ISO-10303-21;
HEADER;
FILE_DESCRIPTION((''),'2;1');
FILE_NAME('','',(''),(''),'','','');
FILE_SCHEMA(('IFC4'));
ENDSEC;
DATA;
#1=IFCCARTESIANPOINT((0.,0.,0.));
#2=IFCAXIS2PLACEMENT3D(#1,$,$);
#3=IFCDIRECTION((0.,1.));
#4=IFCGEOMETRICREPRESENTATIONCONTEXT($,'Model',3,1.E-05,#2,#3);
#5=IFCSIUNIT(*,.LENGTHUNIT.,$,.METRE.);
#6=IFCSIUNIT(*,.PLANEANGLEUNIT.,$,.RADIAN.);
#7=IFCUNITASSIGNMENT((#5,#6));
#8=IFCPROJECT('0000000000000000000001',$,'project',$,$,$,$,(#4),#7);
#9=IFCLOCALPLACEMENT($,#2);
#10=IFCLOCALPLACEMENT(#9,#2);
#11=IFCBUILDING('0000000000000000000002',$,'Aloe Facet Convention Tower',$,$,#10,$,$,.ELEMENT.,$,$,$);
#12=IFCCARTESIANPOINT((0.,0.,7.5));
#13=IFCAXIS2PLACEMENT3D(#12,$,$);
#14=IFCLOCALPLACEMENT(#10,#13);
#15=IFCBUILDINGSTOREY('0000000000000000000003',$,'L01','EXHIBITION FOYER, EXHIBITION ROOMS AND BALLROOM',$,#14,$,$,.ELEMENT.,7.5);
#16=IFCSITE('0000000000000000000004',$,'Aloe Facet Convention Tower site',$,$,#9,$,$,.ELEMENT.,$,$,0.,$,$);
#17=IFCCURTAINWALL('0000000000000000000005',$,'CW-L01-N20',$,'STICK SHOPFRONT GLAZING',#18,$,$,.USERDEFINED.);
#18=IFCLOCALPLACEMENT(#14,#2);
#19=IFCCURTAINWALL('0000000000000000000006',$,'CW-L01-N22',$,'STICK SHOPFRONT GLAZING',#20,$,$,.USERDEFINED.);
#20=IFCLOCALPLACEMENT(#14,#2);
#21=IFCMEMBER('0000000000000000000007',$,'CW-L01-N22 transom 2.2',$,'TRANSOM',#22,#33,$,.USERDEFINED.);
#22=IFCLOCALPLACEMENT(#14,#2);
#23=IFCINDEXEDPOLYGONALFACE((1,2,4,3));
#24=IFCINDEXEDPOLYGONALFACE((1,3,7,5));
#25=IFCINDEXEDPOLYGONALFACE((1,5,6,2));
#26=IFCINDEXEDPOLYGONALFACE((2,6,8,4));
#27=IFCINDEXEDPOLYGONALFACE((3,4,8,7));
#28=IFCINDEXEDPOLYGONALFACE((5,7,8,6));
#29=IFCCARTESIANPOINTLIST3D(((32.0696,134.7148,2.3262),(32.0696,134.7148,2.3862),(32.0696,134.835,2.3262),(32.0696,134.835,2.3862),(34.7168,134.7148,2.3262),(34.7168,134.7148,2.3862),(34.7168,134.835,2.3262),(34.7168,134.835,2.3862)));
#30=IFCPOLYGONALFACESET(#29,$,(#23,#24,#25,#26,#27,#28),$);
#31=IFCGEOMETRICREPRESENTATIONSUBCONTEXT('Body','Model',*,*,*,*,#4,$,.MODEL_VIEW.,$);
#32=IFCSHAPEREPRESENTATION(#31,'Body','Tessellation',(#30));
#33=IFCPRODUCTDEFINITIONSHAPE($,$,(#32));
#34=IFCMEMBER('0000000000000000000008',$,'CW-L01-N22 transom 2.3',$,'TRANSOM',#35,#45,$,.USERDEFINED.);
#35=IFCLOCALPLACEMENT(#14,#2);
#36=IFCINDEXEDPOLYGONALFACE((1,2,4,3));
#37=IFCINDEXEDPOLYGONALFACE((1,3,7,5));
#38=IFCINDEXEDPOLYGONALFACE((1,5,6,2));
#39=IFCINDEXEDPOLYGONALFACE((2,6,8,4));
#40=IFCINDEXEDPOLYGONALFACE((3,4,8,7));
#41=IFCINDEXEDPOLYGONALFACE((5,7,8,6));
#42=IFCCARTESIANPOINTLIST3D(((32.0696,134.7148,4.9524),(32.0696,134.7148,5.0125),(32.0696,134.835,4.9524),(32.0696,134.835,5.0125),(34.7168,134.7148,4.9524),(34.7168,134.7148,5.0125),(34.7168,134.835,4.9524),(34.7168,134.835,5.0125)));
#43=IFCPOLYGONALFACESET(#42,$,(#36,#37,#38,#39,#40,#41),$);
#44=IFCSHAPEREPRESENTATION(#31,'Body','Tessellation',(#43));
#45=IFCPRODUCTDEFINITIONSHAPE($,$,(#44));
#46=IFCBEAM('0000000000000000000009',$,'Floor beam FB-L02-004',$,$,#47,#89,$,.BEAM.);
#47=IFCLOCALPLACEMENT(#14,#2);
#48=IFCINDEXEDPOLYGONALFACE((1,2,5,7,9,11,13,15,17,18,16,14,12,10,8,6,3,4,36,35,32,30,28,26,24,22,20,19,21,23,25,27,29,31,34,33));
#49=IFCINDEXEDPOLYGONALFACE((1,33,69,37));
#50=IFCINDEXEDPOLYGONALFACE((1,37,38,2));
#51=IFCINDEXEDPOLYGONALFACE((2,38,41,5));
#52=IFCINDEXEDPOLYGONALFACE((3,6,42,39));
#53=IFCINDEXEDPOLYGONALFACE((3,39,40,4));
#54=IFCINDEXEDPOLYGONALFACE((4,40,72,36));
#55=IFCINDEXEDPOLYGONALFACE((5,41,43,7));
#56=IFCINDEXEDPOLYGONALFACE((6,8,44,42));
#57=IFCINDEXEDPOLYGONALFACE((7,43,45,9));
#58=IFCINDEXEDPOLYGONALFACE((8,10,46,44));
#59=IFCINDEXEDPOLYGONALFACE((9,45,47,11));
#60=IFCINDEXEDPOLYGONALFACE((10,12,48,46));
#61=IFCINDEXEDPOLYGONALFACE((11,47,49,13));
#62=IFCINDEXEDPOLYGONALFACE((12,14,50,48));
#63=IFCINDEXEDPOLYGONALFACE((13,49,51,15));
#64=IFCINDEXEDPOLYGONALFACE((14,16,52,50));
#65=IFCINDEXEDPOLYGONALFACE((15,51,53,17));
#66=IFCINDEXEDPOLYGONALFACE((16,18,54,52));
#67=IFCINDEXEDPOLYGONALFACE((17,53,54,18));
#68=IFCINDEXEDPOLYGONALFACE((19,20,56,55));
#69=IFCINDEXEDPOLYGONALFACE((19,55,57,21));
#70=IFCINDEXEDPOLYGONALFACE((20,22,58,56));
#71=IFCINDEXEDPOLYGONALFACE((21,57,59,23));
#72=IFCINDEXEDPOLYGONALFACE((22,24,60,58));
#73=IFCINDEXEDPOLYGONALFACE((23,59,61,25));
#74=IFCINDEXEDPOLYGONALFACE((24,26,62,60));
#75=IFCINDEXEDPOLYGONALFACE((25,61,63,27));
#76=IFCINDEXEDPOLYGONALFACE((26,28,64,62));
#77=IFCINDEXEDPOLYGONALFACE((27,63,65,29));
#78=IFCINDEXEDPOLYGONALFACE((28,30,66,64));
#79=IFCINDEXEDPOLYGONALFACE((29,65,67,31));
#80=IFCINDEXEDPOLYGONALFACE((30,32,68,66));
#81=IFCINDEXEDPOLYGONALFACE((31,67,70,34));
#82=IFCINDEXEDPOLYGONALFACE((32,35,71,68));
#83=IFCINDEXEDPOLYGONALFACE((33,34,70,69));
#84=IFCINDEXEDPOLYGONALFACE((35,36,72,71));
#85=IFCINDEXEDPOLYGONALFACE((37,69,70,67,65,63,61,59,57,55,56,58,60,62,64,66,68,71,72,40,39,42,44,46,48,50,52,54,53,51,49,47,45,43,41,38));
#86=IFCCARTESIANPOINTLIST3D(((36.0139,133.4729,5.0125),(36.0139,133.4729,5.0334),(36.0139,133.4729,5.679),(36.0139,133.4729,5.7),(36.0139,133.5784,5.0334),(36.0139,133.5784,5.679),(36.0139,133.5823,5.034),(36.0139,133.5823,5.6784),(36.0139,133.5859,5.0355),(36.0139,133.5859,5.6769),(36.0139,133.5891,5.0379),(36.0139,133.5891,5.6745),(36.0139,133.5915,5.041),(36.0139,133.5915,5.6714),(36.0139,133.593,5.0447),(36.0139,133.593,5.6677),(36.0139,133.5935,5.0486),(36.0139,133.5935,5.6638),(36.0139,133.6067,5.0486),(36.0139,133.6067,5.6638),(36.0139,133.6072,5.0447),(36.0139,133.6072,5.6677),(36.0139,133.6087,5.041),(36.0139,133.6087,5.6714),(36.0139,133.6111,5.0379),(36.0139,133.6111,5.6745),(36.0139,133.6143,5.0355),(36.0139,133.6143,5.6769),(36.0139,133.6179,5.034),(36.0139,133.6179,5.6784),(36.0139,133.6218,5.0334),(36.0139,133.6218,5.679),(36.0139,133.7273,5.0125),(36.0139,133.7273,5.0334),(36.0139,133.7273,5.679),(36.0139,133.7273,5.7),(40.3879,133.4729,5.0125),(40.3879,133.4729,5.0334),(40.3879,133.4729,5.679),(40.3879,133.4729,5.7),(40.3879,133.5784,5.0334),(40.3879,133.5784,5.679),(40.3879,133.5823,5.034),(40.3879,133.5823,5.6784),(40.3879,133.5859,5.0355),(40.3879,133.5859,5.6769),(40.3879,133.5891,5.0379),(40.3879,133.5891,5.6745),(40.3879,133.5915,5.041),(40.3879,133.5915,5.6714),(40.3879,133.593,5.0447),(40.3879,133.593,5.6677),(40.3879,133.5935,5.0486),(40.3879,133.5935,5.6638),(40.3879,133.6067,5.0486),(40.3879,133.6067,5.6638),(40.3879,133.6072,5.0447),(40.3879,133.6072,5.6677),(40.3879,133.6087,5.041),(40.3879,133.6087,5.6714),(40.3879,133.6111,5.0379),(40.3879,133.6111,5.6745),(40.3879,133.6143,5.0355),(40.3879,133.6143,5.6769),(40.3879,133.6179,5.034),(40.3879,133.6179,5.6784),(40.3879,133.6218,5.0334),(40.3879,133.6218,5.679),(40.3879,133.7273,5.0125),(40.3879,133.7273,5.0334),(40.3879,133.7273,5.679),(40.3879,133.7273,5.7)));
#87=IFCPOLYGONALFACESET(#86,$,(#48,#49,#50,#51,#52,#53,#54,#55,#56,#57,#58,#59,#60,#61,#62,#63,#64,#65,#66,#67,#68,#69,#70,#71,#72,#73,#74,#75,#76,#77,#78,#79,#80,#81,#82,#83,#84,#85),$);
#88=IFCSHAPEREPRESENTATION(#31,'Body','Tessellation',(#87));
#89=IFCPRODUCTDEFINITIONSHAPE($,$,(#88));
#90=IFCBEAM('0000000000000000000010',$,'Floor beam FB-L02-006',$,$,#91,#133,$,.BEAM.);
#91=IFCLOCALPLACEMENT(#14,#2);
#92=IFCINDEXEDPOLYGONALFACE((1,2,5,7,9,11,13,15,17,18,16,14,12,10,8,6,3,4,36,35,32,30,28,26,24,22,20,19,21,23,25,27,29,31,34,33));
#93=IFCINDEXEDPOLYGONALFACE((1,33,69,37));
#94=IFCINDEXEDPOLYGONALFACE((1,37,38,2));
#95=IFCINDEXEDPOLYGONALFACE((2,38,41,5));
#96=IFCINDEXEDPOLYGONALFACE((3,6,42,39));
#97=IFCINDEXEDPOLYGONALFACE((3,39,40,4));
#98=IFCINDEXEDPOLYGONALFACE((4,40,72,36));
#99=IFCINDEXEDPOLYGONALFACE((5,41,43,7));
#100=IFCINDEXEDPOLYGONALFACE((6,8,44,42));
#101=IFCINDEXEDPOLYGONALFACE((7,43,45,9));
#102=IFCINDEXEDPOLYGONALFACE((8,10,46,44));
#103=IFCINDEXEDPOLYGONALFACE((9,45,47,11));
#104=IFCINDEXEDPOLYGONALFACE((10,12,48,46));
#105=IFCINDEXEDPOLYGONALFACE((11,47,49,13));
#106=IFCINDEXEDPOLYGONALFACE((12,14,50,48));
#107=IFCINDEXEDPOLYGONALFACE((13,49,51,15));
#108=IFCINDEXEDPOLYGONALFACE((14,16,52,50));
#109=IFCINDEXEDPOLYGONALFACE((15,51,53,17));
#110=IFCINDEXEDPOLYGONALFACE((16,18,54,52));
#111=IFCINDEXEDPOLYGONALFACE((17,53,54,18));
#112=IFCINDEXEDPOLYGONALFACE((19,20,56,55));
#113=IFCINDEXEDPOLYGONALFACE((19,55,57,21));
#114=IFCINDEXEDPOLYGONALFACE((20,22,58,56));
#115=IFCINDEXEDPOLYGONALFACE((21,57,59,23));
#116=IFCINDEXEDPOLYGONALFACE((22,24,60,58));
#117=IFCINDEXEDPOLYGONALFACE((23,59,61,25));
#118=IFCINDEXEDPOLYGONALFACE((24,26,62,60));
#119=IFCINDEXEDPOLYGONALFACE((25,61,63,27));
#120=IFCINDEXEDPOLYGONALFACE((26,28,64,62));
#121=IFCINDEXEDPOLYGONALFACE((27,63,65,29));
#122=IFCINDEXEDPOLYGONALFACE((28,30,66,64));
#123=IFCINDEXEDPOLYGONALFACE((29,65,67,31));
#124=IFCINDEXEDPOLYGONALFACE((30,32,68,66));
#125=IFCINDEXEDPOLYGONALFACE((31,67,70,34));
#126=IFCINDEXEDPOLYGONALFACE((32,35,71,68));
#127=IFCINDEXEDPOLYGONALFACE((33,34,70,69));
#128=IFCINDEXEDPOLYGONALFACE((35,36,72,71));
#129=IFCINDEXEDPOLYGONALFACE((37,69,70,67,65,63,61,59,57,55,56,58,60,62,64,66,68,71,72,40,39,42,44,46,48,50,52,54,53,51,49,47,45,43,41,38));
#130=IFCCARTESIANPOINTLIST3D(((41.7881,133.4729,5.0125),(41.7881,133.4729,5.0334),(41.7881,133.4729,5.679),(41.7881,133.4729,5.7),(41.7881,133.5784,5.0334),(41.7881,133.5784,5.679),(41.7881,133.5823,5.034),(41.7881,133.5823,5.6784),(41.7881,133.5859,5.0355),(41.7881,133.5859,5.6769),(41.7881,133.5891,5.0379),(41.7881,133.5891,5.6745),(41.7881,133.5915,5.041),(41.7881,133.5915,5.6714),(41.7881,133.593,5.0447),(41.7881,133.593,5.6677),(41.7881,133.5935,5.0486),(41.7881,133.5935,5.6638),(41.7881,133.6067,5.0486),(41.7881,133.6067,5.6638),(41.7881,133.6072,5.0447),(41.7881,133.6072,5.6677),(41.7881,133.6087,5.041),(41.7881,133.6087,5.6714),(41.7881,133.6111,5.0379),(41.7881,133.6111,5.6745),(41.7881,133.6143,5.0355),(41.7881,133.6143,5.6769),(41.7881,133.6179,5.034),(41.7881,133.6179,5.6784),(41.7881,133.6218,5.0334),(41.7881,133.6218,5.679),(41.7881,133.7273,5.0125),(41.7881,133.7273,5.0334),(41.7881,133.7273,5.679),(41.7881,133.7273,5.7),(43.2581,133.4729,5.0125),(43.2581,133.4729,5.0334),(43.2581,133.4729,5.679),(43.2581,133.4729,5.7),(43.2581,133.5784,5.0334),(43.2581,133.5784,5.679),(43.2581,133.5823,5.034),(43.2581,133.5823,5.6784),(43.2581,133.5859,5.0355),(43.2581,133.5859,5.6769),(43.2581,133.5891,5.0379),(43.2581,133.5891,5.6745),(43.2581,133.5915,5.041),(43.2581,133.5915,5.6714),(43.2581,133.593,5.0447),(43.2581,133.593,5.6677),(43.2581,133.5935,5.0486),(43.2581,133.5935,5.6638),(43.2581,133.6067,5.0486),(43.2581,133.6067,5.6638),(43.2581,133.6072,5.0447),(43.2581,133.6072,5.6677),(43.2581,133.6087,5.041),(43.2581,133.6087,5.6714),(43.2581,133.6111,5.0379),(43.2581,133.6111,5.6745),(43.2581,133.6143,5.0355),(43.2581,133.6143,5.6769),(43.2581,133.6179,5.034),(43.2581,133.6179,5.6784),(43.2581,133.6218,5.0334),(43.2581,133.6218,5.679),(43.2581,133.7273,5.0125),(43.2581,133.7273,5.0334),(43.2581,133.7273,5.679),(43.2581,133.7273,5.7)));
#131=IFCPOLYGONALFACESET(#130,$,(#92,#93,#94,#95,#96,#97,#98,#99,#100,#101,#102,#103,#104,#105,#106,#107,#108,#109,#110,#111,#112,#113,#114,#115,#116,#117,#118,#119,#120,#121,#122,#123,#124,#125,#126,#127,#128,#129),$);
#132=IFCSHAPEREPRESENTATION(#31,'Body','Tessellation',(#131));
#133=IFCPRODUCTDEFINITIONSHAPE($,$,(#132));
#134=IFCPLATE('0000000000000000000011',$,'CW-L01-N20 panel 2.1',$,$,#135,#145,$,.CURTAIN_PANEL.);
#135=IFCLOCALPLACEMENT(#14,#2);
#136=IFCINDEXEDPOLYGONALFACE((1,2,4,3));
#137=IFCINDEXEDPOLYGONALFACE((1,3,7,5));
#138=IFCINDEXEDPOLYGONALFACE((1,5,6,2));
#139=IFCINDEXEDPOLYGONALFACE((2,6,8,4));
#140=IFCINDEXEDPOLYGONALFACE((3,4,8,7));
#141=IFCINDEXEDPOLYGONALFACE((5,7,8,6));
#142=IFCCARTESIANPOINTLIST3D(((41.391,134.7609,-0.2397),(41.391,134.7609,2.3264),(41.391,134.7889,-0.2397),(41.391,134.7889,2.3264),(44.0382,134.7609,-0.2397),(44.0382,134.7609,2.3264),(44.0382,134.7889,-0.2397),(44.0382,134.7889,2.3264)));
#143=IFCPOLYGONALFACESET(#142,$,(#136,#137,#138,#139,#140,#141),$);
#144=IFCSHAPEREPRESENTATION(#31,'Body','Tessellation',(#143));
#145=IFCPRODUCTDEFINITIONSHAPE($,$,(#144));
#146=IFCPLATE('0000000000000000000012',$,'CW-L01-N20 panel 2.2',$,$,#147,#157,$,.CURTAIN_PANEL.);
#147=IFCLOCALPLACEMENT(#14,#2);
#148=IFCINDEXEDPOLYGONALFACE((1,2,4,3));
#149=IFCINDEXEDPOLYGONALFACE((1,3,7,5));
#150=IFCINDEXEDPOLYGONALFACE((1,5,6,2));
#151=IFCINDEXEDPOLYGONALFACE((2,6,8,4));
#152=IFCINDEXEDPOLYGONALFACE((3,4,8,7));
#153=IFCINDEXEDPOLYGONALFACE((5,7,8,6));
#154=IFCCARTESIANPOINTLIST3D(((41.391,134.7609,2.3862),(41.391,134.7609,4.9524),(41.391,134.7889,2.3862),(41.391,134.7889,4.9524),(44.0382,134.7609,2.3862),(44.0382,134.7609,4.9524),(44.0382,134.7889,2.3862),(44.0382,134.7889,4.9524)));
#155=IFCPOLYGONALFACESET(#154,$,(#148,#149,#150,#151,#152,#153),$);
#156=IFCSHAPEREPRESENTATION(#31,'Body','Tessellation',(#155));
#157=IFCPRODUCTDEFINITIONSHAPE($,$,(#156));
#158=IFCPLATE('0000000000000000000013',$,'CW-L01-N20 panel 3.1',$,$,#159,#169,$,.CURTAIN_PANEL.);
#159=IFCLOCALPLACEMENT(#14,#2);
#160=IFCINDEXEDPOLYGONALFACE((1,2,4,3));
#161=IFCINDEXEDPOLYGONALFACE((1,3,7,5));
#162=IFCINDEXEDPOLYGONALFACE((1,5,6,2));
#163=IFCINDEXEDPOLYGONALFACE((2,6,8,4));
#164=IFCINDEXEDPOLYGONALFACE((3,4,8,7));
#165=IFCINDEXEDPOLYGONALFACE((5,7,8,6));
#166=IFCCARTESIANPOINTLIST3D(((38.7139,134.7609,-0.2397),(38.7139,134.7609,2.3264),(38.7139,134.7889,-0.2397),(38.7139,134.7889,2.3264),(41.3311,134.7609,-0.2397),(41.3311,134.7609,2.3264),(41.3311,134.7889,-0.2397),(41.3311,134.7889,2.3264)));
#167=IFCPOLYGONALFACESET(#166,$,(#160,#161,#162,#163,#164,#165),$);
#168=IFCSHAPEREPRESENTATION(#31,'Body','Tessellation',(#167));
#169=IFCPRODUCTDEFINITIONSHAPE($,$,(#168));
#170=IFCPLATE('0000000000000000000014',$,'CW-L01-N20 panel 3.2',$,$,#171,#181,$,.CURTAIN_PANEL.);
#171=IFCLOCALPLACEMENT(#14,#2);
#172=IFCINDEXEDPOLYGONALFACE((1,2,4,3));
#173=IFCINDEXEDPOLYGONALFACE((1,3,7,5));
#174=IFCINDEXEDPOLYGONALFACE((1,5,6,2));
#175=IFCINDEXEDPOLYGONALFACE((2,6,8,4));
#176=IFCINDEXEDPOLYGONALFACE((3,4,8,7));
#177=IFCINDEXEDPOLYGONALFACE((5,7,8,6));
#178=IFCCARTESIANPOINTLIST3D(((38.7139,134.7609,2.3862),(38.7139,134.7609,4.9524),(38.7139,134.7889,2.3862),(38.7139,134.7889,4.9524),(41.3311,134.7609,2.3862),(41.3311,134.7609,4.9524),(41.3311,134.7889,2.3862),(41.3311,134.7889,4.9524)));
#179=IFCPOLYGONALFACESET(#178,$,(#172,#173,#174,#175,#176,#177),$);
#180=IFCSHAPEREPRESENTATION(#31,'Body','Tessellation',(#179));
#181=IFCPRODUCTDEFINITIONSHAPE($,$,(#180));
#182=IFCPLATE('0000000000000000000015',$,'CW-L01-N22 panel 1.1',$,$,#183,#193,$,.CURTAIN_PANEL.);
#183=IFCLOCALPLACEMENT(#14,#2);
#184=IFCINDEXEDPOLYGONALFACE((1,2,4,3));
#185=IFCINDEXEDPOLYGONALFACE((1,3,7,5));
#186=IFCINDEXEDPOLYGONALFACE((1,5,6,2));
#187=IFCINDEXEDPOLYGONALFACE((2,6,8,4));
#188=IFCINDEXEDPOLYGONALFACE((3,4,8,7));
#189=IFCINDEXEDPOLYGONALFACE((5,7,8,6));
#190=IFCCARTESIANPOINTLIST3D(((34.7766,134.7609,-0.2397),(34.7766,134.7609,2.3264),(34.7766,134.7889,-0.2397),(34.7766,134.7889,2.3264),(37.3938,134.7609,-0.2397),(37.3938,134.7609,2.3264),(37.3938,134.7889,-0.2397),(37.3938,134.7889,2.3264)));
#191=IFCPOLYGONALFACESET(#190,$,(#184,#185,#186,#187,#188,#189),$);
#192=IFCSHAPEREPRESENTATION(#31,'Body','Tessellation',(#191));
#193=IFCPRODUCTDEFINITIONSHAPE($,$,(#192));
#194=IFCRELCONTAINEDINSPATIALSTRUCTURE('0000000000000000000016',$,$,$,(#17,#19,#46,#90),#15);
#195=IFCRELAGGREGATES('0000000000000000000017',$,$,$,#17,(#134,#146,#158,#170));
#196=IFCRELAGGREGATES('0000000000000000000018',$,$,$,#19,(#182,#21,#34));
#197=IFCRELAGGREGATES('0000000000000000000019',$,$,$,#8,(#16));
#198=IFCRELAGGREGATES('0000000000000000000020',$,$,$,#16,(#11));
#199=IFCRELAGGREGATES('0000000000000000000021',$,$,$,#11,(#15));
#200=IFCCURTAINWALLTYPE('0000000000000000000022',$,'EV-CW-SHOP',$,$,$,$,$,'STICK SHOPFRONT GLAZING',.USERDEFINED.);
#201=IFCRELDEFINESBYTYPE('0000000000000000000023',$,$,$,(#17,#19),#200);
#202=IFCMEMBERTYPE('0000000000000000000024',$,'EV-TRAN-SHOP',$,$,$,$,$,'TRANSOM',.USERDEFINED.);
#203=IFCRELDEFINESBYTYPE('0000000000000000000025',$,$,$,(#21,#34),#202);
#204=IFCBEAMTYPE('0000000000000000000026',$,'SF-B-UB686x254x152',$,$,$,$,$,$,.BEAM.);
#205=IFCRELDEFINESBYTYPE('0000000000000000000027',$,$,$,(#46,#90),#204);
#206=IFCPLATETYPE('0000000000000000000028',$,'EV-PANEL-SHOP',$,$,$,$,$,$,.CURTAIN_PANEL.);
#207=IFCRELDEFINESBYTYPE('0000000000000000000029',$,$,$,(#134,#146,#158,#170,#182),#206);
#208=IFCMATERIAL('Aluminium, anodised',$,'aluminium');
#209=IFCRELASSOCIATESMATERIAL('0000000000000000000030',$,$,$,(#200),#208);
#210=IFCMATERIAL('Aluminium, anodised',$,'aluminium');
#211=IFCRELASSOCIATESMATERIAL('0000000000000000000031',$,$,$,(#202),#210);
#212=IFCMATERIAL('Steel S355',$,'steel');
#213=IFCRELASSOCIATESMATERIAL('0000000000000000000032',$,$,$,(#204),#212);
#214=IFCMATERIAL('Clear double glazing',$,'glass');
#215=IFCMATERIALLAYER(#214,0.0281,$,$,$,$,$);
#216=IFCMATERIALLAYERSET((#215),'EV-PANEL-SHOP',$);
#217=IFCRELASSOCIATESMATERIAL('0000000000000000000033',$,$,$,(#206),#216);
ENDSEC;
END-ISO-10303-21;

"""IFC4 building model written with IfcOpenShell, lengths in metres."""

from ifc_helpers import new_model, si_unit, direction, frame, origin, origin_2d, place, context, subcontext, project, spatial, rectangle, i_section, extrude, material, layer, layer_set, material_profile, profile_set, type_object, element, aggregate, save


model = new_model("IFC4")

# Units and contexts
model_context = context("Model", 3, precision=1e-05, world=origin(), true_north=direction((0.0, 1.0)))
body_context = subcontext(model_context, "Body", "Model", "MODEL_VIEW")
ifc_project = project(units=[si_unit("LENGTHUNIT", "METRE"), si_unit("PLANEANGLEUNIT", "RADIAN")], contexts=[model_context])

# Site, building, storey
site_placement = place(None, origin())
site = spatial("IfcSite", under=ifc_project, at=site_placement, Name="Aloe Facet Convention Tower site", CompositionType="ELEMENT", RefElevation=0.0)
building_placement = place(site_placement, origin())
building = spatial("IfcBuilding", under=site, at=building_placement, Name="Aloe Facet Convention Tower", CompositionType="ELEMENT")
storey_placement = place(building_placement, frame((0.0, 0.0, 7.5)))
storey = spatial("IfcBuildingStorey", under=building, at=storey_placement, Name="L01", Description="EXHIBITION FOYER, EXHIBITION ROOMS AND BALLROOM", CompositionType="ELEMENT", Elevation=7.5)

# Curtain walls
ifc_material_1 = material(Name="Aluminium, anodised", Category="aluminium")
curtain_wall_type = type_object("IfcCurtainWallType", Name="EV-CW-SHOP", ElementType="STICK SHOPFRONT GLAZING", PredefinedType="USERDEFINED", material=ifc_material_1)
curtain_wall_1_placement = place(storey_placement, origin())
curtain_wall_1 = element("IfcCurtainWall", 1, at=curtain_wall_1_placement, inside=storey, type_object=curtain_wall_type, Name="CW-L01-N20", ObjectType="STICK SHOPFRONT GLAZING", PredefinedType="USERDEFINED")
curtain_wall_2_placement = place(storey_placement, origin())
curtain_wall_2 = element("IfcCurtainWall", 2, at=curtain_wall_2_placement, inside=storey, type_object=curtain_wall_type, Name="CW-L01-N22", ObjectType="STICK SHOPFRONT GLAZING", PredefinedType="USERDEFINED")

# Members
ifc_material_2 = material(Name="Aluminium, anodised", Category="aluminium")
ifc_material_profile_1 = material_profile(ifc_material_2, rectangle(XDim=0.1201, YDim=0.0601, at=origin_2d()), Name="AL 120x60")
ifc_profile_set_1 = profile_set([ifc_material_profile_1], Name="Aluminium, anodised")
member_type_1 = type_object("IfcMemberType", Name="EV-TRAN-SHOP", ElementType="TRANSOM", PredefinedType="USERDEFINED", material=ifc_profile_set_1)
member_1_placement = place(storey_placement, frame((34.7168, 134.7749, 2.3562), z_axis=(-1.0, 0.0, 0.0), x_axis=(0.0, -1.0, 0.0)))
member_1 = element("IfcMember", 3, at=member_1_placement, type_object=member_type_1, Name="CW-L01-N22 transom 2.2", ObjectType="TRANSOM", PredefinedType="USERDEFINED", context=body_context, shape_type="SweptSolid", body=[
    extrude(rectangle(XDim=0.1201, YDim=0.0601, at=origin_2d()), origin(), (0.0, 0.0, 1.0), 2.6472),
])
member_2_placement = place(storey_placement, frame((34.7168, 134.7749, 4.9824), z_axis=(-1.0, 0.0, 0.0), x_axis=(0.0, -1.0, 0.0)))
member_2 = element("IfcMember", 4, at=member_2_placement, type_object=member_type_1, Name="CW-L01-N22 transom 2.3", ObjectType="TRANSOM", PredefinedType="USERDEFINED", context=body_context, shape_type="SweptSolid", body=[
    extrude(rectangle(XDim=0.1201, YDim=0.0601, at=origin_2d()), origin(), (0.0, 0.0, 1.0), 2.6472),
])

# Beams
ifc_material_3 = material(Name="Steel S355", Category="steel")
ifc_material_profile_2 = material_profile(ifc_material_3, i_section(OverallWidth=0.2544, OverallDepth=0.6875, WebThickness=0.0132, FlangeThickness=0.021, FilletRadius=0.0151, at=origin_2d()), Name="UB 686x254x152")
ifc_profile_set_2 = profile_set([ifc_material_profile_2], Name="Steel S355")
beam_type_1 = type_object("IfcBeamType", Name="SF-B-UB686x254x152", PredefinedType="BEAM", material=ifc_profile_set_2)
beam_1_placement = place(storey_placement, frame((36.0139, 133.6001, 5.3562), z_axis=(1.0, 0.0, 0.0), x_axis=(0.0, 1.0, 0.0)))
element("IfcBeam", 5, at=beam_1_placement, inside=storey, type_object=beam_type_1, Name="Floor beam FB-L02-004", PredefinedType="BEAM", context=body_context, shape_type="SweptSolid", body=[
    extrude(i_section(OverallWidth=0.2544, OverallDepth=0.6875, WebThickness=0.0132, FlangeThickness=0.021, FilletRadius=0.0151, at=origin_2d()), origin(), (0.0, 0.0, 1.0), 4.374),
])
beam_2_placement = place(storey_placement, frame((41.7881, 133.6001, 5.3562), z_axis=(1.0, 0.0, 0.0), x_axis=(0.0, 1.0, 0.0)))
element("IfcBeam", 6, at=beam_2_placement, inside=storey, type_object=beam_type_1, Name="Floor beam FB-L02-006", PredefinedType="BEAM", context=body_context, shape_type="SweptSolid", body=[
    extrude(i_section(OverallWidth=0.2544, OverallDepth=0.6875, WebThickness=0.0132, FlangeThickness=0.021, FilletRadius=0.0151, at=origin_2d()), origin(), (0.0, 0.0, 1.0), 1.47),
])

# Plates
ifc_material_4 = material(Name="Clear double glazing", Category="glass")
ifc_layer_1 = layer(ifc_material_4, 0.0281)
ifc_layer_set_1 = layer_set([ifc_layer_1], Name="EV-PANEL-SHOP")
plate_type = type_object("IfcPlateType", Name="EV-PANEL-SHOP", PredefinedType="CURTAIN_PANEL", material=ifc_layer_set_1)
plate_1_placement = place(storey_placement, frame((42.7146, 134.7749, -0.2397), z_axis=(0.0, 0.0, 1.0), x_axis=(-1.0, 0.0, 0.0)))
plate_1 = element("IfcPlate", 7, at=plate_1_placement, type_object=plate_type, Name="CW-L01-N20 panel 2.1", PredefinedType="CURTAIN_PANEL", context=body_context, shape_type="SweptSolid", body=[
    extrude(rectangle(XDim=2.6472, YDim=0.0281, at=origin_2d()), origin(), (0.0, 0.0, 1.0), 2.5662),
])
plate_2_placement = place(storey_placement, frame((42.7146, 134.7749, 2.3862), z_axis=(0.0, 0.0, 1.0), x_axis=(-1.0, 0.0, 0.0)))
plate_2 = element("IfcPlate", 8, at=plate_2_placement, type_object=plate_type, Name="CW-L01-N20 panel 2.2", PredefinedType="CURTAIN_PANEL", context=body_context, shape_type="SweptSolid", body=[
    extrude(rectangle(XDim=2.6472, YDim=0.0281, at=origin_2d()), origin(), (0.0, 0.0, 1.0), 2.5662),
])
plate_3_placement = place(storey_placement, frame((40.0225, 134.7749, -0.2397), z_axis=(0.0, 0.0, 1.0), x_axis=(-1.0, 0.0, 0.0)))
plate_3 = element("IfcPlate", 9, at=plate_3_placement, type_object=plate_type, Name="CW-L01-N20 panel 3.1", PredefinedType="CURTAIN_PANEL", context=body_context, shape_type="SweptSolid", body=[
    extrude(rectangle(XDim=2.6172, YDim=0.0281, at=origin_2d()), origin(), (0.0, 0.0, 1.0), 2.5662),
])
plate_4_placement = place(storey_placement, frame((40.0225, 134.7749, 2.3862), z_axis=(0.0, 0.0, 1.0), x_axis=(-1.0, 0.0, 0.0)))
plate_4 = element("IfcPlate", 10, at=plate_4_placement, type_object=plate_type, Name="CW-L01-N20 panel 3.2", PredefinedType="CURTAIN_PANEL", context=body_context, shape_type="SweptSolid", body=[
    extrude(rectangle(XDim=2.6172, YDim=0.0281, at=origin_2d()), origin(), (0.0, 0.0, 1.0), 2.5662),
])
aggregate(curtain_wall_1, [plate_1, plate_2, plate_3, plate_4])
plate_5_placement = place(storey_placement, frame((36.0852, 134.7749, -0.2397), z_axis=(0.0, 0.0, 1.0), x_axis=(-1.0, 0.0, 0.0)))
plate_5 = element("IfcPlate", 11, at=plate_5_placement, type_object=plate_type, Name="CW-L01-N22 panel 1.1", PredefinedType="CURTAIN_PANEL", context=body_context, shape_type="SweptSolid", body=[
    extrude(rectangle(XDim=2.6172, YDim=0.0281, at=origin_2d()), origin(), (0.0, 0.0, 1.0), 2.5662),
])
aggregate(curtain_wall_2, [plate_5, member_1, member_2])

save(model, "model.ifc")
